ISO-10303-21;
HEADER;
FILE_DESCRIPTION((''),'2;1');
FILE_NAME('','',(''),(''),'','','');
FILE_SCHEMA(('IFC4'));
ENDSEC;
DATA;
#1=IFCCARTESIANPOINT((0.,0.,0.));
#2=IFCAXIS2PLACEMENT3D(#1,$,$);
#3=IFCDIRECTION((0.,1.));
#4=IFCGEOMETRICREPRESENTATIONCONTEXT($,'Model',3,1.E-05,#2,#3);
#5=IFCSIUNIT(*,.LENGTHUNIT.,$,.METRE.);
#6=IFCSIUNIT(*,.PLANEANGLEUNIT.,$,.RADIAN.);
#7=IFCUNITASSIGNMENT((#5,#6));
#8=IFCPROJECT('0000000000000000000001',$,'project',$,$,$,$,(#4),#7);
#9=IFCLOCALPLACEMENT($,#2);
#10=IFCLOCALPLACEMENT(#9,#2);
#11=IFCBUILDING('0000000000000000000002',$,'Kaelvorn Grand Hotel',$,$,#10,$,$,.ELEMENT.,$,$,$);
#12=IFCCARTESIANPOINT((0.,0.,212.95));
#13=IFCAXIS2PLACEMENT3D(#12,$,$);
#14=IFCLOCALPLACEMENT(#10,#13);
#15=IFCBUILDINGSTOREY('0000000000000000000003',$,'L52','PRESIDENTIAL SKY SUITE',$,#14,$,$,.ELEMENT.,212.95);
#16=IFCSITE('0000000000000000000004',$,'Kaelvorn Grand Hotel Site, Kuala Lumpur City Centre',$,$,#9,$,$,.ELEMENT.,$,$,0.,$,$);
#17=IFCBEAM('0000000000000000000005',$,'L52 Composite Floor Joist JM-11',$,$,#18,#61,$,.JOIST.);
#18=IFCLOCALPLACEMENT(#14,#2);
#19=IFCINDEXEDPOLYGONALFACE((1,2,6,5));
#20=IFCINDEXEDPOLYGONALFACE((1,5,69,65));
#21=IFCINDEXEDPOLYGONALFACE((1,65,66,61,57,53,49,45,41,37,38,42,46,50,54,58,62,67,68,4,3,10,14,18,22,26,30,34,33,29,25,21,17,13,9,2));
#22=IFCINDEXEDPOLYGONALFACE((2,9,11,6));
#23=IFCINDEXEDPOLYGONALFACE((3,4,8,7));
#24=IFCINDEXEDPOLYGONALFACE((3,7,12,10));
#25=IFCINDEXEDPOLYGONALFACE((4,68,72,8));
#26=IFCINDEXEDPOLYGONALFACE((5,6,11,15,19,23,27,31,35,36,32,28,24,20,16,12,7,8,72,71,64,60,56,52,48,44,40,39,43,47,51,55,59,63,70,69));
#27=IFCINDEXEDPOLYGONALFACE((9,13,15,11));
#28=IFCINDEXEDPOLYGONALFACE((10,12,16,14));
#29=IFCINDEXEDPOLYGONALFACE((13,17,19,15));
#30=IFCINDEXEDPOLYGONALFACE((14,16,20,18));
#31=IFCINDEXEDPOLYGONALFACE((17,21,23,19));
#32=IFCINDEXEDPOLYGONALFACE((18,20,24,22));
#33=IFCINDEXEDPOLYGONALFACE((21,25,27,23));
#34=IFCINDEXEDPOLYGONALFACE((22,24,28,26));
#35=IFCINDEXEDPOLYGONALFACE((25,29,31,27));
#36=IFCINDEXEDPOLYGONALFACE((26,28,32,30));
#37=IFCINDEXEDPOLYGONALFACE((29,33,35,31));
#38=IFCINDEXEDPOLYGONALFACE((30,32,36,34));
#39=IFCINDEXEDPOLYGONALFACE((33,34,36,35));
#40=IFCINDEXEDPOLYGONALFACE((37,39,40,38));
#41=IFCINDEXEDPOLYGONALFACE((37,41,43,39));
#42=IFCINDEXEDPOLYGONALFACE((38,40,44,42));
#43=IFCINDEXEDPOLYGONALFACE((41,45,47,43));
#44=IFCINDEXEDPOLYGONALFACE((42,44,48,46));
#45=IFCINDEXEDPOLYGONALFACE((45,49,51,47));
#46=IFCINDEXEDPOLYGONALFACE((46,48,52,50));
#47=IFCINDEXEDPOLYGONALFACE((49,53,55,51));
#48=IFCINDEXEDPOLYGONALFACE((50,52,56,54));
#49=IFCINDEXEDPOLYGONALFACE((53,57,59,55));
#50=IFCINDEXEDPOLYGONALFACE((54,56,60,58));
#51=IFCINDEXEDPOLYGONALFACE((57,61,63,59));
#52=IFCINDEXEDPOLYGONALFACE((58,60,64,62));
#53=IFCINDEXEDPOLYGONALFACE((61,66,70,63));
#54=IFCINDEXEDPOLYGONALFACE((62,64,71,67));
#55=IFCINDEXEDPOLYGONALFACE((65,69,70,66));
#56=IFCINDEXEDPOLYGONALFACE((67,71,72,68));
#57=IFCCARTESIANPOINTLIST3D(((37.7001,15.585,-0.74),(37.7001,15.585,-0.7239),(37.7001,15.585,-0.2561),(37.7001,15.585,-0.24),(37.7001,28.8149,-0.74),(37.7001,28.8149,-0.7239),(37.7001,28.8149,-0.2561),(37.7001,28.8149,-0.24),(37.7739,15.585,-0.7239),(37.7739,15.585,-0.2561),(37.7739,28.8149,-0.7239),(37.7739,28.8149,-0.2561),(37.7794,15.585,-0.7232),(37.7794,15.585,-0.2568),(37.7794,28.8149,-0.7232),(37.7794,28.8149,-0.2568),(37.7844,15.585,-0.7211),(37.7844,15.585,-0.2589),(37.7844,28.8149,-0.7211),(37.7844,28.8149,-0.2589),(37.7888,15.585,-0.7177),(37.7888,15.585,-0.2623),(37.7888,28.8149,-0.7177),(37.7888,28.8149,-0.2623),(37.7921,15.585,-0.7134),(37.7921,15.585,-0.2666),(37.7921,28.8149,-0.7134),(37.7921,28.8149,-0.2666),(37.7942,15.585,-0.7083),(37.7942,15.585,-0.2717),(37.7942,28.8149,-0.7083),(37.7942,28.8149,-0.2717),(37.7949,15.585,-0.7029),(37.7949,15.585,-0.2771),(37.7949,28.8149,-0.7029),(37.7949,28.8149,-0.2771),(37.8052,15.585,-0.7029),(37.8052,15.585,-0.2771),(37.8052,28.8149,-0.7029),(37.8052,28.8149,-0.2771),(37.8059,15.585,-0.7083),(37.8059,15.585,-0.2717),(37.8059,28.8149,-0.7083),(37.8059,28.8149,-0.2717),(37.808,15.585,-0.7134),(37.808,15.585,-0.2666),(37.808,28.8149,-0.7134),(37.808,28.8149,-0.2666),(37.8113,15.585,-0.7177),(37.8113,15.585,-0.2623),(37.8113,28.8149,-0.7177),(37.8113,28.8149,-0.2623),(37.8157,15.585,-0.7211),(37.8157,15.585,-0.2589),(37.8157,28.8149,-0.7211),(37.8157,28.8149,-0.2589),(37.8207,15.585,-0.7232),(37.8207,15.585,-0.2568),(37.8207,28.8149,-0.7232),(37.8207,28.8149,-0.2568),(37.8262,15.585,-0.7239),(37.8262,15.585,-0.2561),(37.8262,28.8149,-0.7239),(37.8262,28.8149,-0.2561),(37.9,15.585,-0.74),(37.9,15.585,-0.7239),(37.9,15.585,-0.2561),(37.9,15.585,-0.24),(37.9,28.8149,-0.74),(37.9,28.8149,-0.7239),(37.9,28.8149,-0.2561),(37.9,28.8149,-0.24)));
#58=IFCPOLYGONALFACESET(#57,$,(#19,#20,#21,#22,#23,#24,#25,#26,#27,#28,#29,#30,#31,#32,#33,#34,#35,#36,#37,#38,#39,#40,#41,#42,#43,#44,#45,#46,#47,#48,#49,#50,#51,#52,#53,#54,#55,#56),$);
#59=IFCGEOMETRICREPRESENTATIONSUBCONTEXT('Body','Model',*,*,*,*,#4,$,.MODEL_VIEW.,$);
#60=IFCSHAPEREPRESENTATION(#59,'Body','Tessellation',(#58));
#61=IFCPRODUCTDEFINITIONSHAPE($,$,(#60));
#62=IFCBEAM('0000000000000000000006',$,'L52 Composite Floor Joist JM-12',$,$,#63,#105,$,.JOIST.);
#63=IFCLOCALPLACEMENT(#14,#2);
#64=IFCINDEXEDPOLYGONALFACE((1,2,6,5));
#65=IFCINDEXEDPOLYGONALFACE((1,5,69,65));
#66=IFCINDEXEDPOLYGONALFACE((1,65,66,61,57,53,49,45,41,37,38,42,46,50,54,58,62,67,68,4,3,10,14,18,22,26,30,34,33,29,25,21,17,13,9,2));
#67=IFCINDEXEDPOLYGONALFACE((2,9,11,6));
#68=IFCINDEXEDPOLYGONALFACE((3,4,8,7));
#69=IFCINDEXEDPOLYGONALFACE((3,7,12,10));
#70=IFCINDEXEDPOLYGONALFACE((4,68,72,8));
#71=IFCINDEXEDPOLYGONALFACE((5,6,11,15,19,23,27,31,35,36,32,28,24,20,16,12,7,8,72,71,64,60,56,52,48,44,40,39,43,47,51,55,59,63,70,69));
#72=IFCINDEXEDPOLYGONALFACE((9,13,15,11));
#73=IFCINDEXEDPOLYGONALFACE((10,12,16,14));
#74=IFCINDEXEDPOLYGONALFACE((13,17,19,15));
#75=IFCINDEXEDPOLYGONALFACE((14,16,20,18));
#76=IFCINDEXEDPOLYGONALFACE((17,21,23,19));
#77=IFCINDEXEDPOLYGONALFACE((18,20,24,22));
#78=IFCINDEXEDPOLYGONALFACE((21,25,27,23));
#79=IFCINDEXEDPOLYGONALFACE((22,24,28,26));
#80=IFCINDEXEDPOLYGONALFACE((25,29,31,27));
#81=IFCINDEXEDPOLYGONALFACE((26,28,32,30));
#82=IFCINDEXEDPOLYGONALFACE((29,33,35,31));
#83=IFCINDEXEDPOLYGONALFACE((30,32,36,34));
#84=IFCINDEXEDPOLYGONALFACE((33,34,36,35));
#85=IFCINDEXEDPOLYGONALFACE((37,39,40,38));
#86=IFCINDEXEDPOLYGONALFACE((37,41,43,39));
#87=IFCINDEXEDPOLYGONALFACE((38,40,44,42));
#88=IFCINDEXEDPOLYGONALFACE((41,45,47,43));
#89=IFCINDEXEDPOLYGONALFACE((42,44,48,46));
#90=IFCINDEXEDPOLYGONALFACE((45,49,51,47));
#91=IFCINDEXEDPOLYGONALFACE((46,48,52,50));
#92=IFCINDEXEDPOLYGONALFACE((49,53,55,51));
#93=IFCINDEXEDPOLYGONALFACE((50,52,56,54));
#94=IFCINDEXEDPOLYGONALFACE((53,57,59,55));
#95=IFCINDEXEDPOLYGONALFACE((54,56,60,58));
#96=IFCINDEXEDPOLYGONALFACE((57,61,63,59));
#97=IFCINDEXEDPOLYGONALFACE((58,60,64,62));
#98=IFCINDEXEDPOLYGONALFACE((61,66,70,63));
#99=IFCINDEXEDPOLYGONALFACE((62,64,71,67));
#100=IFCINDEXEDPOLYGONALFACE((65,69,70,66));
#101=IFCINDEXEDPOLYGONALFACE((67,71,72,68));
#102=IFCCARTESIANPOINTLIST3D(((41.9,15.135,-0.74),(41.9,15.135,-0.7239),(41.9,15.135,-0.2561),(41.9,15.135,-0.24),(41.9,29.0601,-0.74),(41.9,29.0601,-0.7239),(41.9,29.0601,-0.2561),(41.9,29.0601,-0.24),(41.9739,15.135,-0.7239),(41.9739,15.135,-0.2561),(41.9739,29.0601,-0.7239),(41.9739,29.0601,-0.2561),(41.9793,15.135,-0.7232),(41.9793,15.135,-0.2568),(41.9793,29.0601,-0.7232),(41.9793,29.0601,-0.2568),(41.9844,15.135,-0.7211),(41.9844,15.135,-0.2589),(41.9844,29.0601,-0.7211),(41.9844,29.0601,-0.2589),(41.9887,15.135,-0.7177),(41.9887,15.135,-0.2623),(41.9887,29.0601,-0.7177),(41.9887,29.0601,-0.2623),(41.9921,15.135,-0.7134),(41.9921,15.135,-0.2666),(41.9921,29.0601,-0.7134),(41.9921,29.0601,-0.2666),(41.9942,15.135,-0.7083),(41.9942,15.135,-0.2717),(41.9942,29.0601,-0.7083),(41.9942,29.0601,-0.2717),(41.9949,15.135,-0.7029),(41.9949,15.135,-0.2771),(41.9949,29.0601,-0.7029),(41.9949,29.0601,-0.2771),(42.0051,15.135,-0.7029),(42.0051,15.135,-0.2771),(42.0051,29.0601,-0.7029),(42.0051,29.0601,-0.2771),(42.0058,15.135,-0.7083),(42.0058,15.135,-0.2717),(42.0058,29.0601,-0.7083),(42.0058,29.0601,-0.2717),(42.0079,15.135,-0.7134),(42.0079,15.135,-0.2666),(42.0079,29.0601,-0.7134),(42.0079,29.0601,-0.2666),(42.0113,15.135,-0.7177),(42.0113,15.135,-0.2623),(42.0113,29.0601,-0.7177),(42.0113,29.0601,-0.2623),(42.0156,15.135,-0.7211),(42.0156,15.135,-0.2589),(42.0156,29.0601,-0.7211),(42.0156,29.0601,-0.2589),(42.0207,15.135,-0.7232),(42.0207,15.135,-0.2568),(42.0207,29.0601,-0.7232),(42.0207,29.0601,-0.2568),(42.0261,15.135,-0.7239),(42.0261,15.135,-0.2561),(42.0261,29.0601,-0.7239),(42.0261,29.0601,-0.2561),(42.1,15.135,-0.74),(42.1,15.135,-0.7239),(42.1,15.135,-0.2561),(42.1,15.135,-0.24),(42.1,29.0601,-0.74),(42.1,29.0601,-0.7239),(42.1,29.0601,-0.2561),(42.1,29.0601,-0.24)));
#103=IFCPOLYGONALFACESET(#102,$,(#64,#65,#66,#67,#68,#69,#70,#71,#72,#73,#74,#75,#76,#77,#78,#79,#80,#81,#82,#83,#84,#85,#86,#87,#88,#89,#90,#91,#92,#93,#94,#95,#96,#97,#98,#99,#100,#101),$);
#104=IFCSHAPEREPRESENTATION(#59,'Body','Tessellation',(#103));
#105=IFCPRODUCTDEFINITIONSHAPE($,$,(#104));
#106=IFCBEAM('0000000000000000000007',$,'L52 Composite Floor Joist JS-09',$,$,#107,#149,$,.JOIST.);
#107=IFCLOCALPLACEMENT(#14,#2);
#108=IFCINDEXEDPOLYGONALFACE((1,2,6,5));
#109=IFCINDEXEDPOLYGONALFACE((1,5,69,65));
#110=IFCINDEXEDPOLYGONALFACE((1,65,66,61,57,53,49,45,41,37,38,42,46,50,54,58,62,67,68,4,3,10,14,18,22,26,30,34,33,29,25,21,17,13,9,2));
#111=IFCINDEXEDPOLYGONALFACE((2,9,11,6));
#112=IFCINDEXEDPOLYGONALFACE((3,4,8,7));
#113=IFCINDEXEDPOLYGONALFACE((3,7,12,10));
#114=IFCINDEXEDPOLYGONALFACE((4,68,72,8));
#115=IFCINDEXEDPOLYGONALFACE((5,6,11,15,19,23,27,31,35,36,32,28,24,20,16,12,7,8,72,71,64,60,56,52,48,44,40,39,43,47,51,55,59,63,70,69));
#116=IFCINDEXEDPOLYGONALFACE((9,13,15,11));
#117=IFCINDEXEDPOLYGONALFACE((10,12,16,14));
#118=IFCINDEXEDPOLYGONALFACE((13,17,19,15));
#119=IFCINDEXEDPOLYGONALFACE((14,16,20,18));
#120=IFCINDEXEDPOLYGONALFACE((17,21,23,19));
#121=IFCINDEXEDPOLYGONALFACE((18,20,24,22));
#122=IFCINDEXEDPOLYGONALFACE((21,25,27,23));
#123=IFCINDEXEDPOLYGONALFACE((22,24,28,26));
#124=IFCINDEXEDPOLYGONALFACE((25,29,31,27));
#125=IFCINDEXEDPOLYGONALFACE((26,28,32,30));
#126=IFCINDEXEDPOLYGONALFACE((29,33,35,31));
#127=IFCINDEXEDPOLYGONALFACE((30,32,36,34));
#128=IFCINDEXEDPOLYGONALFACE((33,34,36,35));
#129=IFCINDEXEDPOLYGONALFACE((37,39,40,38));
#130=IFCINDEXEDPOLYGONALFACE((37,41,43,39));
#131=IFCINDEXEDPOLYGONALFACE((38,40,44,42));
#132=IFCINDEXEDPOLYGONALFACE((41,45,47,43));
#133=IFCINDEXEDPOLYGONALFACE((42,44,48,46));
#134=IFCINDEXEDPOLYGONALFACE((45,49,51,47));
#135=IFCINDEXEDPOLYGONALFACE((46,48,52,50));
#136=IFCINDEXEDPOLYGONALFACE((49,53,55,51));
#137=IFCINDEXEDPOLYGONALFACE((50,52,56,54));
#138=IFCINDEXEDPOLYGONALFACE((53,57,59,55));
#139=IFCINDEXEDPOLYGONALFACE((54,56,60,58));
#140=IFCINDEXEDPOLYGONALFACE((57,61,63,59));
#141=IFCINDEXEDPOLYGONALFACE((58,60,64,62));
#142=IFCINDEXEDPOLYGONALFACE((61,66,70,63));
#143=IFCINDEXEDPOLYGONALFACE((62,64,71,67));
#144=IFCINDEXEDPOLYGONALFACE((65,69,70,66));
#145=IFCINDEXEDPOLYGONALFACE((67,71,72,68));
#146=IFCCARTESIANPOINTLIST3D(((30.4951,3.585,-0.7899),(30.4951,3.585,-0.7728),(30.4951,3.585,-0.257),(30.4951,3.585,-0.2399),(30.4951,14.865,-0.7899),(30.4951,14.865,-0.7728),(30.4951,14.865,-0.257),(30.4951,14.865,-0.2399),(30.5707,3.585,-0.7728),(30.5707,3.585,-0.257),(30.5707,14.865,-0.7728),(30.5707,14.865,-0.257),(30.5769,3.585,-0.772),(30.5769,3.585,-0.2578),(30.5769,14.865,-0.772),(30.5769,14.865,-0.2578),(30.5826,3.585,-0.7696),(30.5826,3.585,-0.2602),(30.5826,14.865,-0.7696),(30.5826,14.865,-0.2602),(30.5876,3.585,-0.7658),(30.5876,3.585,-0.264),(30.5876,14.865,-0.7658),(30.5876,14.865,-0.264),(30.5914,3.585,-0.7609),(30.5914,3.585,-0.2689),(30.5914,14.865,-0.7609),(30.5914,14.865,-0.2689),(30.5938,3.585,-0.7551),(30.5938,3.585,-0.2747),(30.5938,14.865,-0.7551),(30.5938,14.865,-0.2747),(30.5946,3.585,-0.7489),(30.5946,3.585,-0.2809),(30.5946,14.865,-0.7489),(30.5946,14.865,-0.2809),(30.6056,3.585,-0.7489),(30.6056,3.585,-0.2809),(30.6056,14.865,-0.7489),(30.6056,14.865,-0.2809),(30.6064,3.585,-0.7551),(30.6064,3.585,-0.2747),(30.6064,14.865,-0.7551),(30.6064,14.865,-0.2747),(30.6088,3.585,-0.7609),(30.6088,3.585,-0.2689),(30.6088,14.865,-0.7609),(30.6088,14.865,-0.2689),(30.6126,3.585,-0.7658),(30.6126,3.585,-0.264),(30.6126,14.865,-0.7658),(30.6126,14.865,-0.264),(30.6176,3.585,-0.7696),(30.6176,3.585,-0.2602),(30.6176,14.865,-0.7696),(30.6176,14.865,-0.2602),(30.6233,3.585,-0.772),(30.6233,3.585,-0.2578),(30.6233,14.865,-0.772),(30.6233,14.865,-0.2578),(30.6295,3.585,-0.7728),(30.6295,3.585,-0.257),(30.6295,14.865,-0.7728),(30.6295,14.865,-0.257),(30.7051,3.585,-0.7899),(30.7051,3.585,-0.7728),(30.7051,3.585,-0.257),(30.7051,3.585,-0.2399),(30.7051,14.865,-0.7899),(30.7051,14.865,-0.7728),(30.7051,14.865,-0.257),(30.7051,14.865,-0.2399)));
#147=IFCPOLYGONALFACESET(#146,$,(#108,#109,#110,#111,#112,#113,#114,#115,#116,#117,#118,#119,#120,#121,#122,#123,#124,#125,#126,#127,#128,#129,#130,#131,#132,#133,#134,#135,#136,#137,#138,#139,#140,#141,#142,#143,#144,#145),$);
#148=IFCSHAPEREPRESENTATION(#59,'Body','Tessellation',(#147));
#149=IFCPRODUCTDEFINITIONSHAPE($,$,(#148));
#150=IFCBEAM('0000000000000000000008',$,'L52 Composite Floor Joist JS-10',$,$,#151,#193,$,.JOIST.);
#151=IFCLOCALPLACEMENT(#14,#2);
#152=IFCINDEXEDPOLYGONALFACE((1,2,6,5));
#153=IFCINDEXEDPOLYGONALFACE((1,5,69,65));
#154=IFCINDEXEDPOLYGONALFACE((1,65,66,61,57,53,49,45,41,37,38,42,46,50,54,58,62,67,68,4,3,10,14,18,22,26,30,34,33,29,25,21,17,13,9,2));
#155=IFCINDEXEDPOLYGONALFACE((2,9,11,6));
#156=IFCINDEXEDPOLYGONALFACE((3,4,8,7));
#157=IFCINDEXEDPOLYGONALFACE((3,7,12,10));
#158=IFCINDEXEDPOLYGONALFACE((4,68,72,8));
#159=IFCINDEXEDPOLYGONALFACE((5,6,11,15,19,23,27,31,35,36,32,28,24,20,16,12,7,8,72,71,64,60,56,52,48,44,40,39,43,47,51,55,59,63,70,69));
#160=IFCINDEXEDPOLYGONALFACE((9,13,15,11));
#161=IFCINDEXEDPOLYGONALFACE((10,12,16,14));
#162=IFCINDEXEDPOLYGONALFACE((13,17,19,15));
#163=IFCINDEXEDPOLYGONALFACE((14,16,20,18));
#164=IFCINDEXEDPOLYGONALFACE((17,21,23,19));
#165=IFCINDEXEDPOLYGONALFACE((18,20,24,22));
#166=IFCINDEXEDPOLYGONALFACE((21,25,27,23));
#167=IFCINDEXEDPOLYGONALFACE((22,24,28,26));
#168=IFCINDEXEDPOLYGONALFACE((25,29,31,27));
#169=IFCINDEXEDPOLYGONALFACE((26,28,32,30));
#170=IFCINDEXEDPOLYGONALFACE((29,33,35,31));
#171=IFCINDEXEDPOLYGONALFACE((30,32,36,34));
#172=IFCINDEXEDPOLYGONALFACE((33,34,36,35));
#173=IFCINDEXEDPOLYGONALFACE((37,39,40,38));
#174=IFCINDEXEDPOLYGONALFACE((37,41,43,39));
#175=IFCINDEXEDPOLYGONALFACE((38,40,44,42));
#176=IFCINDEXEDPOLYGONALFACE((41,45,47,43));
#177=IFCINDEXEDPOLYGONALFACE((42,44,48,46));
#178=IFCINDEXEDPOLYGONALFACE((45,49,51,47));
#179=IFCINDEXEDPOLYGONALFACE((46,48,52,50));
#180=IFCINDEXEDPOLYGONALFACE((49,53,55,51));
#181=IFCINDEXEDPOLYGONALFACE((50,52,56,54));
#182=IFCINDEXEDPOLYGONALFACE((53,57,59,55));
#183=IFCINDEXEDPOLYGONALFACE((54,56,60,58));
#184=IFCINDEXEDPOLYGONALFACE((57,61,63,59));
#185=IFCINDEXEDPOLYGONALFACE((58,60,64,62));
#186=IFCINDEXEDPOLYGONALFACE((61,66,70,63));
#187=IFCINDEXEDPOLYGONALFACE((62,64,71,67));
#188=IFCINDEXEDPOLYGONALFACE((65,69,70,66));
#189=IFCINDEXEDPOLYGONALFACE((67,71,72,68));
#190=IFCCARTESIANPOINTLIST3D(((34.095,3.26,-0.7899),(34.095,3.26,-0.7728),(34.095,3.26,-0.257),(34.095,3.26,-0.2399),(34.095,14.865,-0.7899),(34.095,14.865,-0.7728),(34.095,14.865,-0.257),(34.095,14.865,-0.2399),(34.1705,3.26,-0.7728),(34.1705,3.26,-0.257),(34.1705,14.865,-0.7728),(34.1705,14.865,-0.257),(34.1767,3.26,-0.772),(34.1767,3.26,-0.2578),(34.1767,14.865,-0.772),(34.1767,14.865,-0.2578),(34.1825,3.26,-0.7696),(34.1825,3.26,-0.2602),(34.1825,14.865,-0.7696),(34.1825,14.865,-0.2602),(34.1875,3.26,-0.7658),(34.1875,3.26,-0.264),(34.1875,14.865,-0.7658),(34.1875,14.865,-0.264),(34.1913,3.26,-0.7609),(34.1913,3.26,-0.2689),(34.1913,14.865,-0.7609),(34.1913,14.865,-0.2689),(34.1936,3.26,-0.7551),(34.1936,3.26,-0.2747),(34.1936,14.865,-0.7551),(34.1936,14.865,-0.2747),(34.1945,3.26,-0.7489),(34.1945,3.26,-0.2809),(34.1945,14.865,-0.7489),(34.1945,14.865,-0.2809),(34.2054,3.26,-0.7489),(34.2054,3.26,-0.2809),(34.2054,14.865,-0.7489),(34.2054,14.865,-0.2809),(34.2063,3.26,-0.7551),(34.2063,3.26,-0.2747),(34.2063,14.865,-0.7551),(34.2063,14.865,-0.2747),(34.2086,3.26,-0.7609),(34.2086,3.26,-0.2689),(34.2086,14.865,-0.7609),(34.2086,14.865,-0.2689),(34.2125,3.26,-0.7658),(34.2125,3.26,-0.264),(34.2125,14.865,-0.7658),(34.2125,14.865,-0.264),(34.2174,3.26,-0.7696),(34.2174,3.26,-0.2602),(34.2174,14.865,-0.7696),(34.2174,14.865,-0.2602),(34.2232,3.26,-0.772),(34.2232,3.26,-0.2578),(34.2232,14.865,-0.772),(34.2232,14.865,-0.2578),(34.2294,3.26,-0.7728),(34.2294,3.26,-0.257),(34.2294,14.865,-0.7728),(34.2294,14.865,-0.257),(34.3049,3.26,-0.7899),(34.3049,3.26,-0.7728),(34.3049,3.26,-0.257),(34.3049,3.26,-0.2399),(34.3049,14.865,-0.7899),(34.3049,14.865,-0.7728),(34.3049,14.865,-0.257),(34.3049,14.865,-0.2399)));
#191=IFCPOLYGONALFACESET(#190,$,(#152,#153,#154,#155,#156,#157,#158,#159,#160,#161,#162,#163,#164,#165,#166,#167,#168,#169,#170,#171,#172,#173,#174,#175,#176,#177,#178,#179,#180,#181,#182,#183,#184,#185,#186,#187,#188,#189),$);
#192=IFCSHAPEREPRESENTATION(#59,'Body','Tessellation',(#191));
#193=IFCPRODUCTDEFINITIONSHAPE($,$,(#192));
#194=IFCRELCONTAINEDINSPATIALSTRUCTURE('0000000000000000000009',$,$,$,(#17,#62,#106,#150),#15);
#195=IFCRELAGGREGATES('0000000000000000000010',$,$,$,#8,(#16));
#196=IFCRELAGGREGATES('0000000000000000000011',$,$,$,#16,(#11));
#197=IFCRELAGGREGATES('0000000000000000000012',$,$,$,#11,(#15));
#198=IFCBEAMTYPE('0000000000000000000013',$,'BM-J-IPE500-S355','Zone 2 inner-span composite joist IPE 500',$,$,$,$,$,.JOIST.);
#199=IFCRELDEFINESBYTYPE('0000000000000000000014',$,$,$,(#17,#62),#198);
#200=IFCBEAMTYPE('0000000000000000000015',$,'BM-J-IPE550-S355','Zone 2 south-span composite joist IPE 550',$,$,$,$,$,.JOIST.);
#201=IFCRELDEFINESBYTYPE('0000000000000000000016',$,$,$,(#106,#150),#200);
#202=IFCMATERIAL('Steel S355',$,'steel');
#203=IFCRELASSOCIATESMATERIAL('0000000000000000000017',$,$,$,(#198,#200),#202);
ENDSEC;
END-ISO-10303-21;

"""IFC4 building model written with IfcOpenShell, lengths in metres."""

from ifc_helpers import new_model, si_unit, direction, frame, origin, origin_2d, place, context, subcontext, project, spatial, i_section, extrude, material, material_profile, profile_set, type_object, element, save


model = new_model("IFC4")

# Units and contexts
model_context = context("Model", 3, precision=1e-05, world=origin(), true_north=direction((0.0, 1.0)))
body_context = subcontext(model_context, "Body", "Model", "MODEL_VIEW")
ifc_project = project(units=[si_unit("LENGTHUNIT", "METRE"), si_unit("PLANEANGLEUNIT", "RADIAN")], contexts=[model_context])

# Site, building, storey
site_placement = place(None, origin())
site = spatial("IfcSite", under=ifc_project, at=site_placement, Name="Kaelvorn Grand Hotel Site, Kuala Lumpur City Centre", CompositionType="ELEMENT", RefElevation=0.0)
building_placement = place(site_placement, origin())
building = spatial("IfcBuilding", under=site, at=building_placement, Name="Kaelvorn Grand Hotel", CompositionType="ELEMENT")
storey_placement = place(building_placement, frame((0.0, 0.0, 212.95)))
storey = spatial("IfcBuildingStorey", under=building, at=storey_placement, Name="L52", Description="PRESIDENTIAL SKY SUITE", CompositionType="ELEMENT", Elevation=212.95)

# Beams
ifc_material_1 = material(Name="Steel S355", Category="steel")
ifc_material_profile_1 = material_profile(ifc_material_1, i_section(OverallWidth=0.2, OverallDepth=0.5, WebThickness=0.0103, FlangeThickness=0.0161, FilletRadius=0.021, at=origin_2d()), Name="IPE 500")
ifc_profile_set_1 = profile_set([ifc_material_profile_1], Name="Steel S355")
beam_type_1 = type_object("IfcBeamType", Name="BM-J-IPE500-S355", Description="Zone 2 inner-span composite joist IPE 500", PredefinedType="JOIST", material=ifc_profile_set_1)
beam_1_placement = place(storey_placement, frame((37.8, 15.585, -0.49), z_axis=(0.0, 1.0, 0.0), x_axis=(-1.0, 0.0, 0.0)))
element("IfcBeam", 1, at=beam_1_placement, inside=storey, type_object=beam_type_1, Name="L52 Composite Floor Joist JM-11", PredefinedType="JOIST", context=body_context, shape_type="SweptSolid", body=[
    extrude(i_section(OverallWidth=0.2, OverallDepth=0.5, WebThickness=0.0103, FlangeThickness=0.0161, FilletRadius=0.021, at=origin_2d()), origin(), (0.0, 0.0, 1.0), 13.23),
])
beam_2_placement = place(storey_placement, frame((42.0, 15.135, -0.49), z_axis=(0.0, 1.0, 0.0), x_axis=(-1.0, 0.0, 0.0)))
element("IfcBeam", 2, at=beam_2_placement, inside=storey, type_object=beam_type_1, Name="L52 Composite Floor Joist JM-12", PredefinedType="JOIST", context=body_context, shape_type="SweptSolid", body=[
    extrude(i_section(OverallWidth=0.2, OverallDepth=0.5, WebThickness=0.0103, FlangeThickness=0.0161, FilletRadius=0.021, at=origin_2d()), origin(), (0.0, 0.0, 1.0), 13.925),
])
ifc_material_profile_2 = material_profile(ifc_material_1, i_section(OverallWidth=0.21, OverallDepth=0.55, WebThickness=0.011, FlangeThickness=0.0171, FilletRadius=0.0239, at=origin_2d()), Name="IPE 550")
ifc_profile_set_2 = profile_set([ifc_material_profile_2], Name="Steel S355")
beam_type_2 = type_object("IfcBeamType", Name="BM-J-IPE550-S355", Description="Zone 2 south-span composite joist IPE 550", PredefinedType="JOIST", material=ifc_profile_set_2)
beam_3_placement = place(storey_placement, frame((30.6001, 3.585, -0.5149), z_axis=(0.0, 1.0, 0.0), x_axis=(-1.0, 0.0, 0.0)))
element("IfcBeam", 3, at=beam_3_placement, inside=storey, type_object=beam_type_2, Name="L52 Composite Floor Joist JS-09", PredefinedType="JOIST", context=body_context, shape_type="SweptSolid", body=[
    extrude(i_section(OverallWidth=0.21, OverallDepth=0.55, WebThickness=0.011, FlangeThickness=0.0171, FilletRadius=0.0239, at=origin_2d()), origin(), (0.0, 0.0, 1.0), 11.28),
])
beam_4_placement = place(storey_placement, frame((34.2, 3.26, -0.5149), z_axis=(0.0, 1.0, 0.0), x_axis=(-1.0, 0.0, 0.0)))
element("IfcBeam", 4, at=beam_4_placement, inside=storey, type_object=beam_type_2, Name="L52 Composite Floor Joist JS-10", PredefinedType="JOIST", context=body_context, shape_type="SweptSolid", body=[
    extrude(i_section(OverallWidth=0.21, OverallDepth=0.55, WebThickness=0.011, FlangeThickness=0.0171, FilletRadius=0.0239, at=origin_2d()), origin(), (0.0, 0.0, 1.0), 11.605),
])

save(model, "model.ifc")
